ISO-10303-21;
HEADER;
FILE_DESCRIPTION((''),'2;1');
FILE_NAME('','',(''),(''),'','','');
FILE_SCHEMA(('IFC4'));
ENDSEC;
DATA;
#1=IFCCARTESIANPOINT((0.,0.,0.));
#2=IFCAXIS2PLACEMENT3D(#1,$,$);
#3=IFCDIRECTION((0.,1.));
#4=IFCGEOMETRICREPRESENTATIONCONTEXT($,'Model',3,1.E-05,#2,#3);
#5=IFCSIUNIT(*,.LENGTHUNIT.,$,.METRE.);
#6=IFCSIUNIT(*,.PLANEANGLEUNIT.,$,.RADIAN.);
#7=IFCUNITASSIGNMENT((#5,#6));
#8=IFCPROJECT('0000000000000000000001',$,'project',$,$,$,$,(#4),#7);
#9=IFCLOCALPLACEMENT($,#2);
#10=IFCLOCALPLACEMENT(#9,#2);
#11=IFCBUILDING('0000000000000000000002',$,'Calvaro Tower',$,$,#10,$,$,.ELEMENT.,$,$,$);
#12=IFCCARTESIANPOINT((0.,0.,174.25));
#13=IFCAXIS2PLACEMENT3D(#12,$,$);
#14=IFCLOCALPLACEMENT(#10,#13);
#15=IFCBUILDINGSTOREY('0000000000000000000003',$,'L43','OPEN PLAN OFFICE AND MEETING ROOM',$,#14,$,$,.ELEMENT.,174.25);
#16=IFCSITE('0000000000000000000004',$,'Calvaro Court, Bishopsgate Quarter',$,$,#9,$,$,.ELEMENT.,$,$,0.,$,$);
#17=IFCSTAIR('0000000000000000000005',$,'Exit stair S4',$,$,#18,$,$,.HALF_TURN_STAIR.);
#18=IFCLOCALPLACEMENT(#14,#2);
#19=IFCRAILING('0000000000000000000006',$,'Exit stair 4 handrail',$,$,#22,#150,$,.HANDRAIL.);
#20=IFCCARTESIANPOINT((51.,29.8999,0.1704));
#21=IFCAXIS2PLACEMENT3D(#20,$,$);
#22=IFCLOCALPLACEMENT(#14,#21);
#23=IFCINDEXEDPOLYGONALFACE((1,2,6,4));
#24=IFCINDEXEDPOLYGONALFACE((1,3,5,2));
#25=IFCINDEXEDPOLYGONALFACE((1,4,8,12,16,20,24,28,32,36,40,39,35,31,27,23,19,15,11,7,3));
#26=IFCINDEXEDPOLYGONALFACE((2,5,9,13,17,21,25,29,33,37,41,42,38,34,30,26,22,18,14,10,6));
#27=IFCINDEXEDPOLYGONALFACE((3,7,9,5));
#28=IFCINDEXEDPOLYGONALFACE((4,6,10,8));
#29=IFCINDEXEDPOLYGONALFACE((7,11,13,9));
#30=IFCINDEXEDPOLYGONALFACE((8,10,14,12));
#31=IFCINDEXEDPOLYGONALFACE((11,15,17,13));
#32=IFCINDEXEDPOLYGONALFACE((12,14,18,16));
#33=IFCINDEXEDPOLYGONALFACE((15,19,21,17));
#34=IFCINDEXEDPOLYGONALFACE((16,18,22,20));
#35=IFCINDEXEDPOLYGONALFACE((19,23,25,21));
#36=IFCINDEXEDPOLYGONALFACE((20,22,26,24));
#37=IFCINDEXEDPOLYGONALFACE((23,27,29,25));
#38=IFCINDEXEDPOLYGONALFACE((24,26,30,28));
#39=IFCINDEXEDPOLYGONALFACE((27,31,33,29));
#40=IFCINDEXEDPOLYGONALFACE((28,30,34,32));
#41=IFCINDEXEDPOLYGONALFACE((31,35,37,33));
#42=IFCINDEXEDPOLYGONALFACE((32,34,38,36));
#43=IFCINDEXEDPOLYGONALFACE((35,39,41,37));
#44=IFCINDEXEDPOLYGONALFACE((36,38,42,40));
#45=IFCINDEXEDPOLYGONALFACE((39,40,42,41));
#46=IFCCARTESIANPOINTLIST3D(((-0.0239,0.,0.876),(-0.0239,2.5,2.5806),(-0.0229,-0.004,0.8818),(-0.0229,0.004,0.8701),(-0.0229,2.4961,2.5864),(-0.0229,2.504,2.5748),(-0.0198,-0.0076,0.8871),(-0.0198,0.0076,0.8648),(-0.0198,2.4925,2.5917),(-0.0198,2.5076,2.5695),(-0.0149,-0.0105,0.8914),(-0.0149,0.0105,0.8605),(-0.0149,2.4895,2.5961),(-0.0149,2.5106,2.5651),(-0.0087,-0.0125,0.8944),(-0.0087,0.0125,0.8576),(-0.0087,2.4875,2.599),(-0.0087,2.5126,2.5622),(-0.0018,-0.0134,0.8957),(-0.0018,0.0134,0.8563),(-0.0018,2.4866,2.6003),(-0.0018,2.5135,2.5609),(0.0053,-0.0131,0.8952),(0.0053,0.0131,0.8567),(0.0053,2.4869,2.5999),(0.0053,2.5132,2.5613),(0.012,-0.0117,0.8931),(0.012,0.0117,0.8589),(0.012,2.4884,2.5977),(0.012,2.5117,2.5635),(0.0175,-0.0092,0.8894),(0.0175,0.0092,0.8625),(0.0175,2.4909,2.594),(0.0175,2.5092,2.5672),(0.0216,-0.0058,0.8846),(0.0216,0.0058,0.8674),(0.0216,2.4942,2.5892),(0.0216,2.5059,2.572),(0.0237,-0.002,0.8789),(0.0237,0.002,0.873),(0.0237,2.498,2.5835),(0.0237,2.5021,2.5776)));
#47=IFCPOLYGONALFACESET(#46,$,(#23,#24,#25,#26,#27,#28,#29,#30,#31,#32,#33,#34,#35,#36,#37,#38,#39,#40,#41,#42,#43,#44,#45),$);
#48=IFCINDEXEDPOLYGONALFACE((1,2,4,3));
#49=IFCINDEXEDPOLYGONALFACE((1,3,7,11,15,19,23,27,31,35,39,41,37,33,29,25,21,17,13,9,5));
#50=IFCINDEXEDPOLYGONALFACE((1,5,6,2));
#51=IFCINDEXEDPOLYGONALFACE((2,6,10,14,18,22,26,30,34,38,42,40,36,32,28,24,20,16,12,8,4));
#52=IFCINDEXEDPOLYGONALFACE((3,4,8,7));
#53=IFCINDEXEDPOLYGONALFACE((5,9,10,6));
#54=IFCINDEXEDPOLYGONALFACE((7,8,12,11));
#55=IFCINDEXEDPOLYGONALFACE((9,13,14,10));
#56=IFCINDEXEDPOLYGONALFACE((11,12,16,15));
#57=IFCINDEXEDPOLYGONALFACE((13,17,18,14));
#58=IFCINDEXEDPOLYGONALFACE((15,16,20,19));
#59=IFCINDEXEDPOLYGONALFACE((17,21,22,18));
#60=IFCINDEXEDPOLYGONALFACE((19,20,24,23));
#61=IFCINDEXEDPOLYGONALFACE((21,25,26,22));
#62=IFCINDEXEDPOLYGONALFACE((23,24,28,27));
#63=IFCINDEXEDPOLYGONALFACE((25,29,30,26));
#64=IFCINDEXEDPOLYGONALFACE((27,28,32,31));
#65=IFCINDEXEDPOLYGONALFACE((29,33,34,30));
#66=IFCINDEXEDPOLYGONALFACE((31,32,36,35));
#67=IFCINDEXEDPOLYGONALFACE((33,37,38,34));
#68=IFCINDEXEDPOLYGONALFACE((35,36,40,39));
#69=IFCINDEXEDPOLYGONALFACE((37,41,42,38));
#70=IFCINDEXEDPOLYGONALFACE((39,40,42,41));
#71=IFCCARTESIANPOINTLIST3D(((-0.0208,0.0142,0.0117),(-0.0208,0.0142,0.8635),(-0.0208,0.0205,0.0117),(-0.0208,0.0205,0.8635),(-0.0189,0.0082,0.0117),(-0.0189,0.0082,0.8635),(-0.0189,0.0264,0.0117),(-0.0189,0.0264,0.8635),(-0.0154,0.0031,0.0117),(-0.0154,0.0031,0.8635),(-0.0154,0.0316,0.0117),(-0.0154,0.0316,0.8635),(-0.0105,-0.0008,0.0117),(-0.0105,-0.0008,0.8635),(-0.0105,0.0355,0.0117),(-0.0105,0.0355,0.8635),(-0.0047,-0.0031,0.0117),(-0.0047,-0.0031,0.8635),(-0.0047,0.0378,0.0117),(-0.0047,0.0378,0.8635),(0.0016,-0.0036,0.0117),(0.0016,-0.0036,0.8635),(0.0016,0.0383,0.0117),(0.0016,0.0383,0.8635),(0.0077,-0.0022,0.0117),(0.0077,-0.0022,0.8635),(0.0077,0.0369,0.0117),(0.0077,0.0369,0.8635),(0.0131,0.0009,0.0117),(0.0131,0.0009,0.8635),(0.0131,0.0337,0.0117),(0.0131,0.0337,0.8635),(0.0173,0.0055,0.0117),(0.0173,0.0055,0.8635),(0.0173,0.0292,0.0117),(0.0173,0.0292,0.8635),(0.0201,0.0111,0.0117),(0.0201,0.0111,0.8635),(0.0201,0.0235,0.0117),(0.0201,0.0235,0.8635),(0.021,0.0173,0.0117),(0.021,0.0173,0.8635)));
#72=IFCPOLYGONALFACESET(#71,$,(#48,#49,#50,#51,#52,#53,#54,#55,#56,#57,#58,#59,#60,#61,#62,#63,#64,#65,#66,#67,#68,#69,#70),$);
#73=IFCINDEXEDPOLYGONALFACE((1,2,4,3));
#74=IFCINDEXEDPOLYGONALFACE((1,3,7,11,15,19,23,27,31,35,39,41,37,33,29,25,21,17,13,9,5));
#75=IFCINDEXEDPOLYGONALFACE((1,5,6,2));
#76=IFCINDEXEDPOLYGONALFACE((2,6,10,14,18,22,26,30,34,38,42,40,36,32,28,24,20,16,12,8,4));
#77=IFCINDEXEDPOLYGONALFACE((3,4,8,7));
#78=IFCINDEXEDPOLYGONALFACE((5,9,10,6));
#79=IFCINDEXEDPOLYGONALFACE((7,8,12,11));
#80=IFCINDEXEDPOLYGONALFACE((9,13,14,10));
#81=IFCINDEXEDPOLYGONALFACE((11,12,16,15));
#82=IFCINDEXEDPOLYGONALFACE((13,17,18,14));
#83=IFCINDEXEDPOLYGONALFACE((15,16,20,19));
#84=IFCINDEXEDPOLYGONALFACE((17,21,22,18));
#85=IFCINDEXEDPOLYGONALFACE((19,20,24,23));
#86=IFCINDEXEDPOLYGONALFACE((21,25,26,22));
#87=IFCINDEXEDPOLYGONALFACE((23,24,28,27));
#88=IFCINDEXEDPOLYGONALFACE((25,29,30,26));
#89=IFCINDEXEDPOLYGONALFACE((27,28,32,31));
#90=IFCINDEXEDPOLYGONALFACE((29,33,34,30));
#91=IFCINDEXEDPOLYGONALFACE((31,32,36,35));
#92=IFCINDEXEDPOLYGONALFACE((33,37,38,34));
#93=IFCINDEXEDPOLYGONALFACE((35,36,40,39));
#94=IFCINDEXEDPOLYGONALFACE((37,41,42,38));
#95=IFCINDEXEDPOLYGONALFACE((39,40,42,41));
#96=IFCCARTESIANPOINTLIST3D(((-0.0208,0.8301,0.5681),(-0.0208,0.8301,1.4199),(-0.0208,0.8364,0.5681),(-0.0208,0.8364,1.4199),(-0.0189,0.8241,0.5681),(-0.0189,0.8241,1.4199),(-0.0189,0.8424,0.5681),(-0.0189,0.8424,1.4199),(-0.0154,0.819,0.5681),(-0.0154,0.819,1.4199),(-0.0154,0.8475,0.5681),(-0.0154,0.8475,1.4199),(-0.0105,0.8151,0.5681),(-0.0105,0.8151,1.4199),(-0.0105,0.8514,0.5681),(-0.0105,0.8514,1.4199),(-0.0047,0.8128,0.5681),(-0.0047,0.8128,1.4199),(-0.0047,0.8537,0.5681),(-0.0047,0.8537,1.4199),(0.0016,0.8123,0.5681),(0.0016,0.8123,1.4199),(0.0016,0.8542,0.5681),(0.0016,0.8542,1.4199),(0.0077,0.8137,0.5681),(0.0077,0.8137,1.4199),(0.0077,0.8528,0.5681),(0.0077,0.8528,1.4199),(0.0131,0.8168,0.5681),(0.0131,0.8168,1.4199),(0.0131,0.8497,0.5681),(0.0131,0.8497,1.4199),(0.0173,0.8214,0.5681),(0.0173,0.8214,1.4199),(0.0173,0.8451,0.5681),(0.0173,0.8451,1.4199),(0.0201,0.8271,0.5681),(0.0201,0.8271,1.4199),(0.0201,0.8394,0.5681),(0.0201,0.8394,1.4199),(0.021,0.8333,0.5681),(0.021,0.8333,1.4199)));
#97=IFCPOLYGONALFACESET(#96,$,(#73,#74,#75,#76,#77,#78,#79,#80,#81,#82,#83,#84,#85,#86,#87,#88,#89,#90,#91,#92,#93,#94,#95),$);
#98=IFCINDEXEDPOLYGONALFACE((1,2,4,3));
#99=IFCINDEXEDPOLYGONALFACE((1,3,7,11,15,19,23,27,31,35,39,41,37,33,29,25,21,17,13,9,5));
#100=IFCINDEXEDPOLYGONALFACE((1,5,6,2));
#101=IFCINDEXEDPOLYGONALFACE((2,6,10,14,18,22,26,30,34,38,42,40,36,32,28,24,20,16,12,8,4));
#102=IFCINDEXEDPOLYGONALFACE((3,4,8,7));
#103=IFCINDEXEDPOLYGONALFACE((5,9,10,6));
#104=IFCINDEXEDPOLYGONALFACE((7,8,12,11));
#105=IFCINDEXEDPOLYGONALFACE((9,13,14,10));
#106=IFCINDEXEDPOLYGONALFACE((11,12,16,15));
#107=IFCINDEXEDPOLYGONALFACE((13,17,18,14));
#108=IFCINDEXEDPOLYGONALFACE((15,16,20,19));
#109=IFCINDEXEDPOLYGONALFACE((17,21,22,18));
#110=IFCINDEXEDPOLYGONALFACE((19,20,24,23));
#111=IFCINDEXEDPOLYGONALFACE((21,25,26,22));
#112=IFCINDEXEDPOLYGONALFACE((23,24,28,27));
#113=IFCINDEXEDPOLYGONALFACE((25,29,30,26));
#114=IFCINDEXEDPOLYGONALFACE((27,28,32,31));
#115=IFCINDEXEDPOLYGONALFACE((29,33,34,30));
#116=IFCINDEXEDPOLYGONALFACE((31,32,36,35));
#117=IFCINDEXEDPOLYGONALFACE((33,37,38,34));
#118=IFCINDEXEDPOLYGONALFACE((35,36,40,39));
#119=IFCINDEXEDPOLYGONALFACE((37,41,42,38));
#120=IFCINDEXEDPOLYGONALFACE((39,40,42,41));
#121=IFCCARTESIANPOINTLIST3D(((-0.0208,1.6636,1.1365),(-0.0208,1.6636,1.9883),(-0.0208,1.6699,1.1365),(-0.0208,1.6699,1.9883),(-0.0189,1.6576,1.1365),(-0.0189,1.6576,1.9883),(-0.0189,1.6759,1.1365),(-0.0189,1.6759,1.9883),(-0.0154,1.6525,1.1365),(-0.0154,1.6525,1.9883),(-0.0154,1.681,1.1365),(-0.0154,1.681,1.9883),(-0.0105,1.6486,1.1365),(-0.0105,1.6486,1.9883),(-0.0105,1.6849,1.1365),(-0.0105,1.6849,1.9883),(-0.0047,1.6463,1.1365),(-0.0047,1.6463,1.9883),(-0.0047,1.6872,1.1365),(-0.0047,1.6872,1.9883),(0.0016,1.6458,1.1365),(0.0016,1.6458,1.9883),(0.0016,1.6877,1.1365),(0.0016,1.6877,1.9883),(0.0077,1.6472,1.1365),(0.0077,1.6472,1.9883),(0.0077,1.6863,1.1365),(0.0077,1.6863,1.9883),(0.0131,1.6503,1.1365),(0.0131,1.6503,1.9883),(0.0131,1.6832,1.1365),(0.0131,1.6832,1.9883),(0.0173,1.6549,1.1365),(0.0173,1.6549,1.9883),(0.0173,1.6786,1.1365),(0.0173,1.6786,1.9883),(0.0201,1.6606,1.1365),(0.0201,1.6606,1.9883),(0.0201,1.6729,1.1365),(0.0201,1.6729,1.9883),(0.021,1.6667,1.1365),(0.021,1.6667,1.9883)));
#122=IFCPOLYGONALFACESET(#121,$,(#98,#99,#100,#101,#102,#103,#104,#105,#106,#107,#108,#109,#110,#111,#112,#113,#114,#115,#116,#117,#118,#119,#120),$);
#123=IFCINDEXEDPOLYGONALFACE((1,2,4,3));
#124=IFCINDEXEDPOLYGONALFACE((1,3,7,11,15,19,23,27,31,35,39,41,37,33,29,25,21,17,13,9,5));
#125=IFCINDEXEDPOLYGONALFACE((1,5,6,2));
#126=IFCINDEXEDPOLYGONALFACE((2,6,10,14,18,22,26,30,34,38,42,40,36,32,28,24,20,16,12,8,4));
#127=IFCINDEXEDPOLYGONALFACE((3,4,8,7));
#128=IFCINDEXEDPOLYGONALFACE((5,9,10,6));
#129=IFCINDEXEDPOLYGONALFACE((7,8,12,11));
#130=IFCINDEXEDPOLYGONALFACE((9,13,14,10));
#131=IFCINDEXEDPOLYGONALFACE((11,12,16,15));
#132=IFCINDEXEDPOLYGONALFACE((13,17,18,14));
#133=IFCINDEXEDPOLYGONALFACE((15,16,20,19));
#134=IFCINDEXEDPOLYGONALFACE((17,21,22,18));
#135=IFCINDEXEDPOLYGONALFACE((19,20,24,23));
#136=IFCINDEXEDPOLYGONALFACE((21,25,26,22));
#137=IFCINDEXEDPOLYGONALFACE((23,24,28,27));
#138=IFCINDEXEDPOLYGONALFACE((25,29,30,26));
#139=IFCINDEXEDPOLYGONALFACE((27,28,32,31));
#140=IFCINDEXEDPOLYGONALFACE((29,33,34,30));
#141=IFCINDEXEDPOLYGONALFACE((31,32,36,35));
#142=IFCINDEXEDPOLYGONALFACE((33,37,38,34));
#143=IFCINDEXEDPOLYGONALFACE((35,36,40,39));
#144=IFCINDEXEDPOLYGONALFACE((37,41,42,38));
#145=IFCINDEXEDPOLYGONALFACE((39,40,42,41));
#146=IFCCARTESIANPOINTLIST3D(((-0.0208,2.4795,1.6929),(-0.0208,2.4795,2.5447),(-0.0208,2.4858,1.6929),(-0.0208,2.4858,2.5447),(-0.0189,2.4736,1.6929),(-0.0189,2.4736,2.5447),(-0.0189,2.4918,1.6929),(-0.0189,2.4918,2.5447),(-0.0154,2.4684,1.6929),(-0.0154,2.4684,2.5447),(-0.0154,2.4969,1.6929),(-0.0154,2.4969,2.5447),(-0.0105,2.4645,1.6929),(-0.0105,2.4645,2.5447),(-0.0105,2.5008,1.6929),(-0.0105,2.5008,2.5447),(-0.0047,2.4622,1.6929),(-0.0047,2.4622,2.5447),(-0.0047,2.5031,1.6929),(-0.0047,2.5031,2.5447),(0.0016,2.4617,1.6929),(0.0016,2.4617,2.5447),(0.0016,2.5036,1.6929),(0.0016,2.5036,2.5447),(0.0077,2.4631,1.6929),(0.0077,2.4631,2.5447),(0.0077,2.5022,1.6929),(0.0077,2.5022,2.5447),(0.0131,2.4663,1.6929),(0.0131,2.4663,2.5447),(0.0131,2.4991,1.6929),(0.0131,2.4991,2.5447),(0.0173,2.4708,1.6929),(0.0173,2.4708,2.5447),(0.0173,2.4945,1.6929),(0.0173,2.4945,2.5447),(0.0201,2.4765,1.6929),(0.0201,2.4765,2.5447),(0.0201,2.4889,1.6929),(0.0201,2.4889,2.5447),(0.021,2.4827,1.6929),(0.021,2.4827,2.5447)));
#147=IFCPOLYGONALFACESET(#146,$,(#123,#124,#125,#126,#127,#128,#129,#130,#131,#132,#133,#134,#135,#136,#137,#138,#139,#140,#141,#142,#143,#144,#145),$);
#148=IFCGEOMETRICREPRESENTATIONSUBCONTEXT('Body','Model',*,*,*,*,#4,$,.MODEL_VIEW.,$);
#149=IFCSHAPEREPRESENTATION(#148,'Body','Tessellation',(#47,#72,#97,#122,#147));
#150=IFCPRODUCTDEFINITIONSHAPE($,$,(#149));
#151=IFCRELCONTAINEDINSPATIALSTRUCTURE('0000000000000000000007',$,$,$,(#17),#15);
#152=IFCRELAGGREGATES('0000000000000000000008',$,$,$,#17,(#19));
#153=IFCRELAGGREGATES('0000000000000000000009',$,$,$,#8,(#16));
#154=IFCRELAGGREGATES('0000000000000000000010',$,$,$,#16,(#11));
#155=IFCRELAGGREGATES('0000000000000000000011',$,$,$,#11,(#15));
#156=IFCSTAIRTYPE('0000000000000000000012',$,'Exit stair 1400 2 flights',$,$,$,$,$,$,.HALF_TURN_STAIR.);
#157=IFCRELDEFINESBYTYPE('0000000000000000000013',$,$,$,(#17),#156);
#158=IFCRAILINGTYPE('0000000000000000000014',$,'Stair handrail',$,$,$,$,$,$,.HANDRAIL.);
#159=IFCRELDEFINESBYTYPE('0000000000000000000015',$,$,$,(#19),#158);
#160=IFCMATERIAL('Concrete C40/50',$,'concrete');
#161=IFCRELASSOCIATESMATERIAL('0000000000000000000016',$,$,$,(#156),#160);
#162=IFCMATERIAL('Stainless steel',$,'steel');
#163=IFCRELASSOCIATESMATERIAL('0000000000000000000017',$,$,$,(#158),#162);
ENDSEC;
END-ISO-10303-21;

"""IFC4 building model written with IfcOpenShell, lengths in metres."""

from ifc_helpers import new_model, si_unit, direction, frame, origin, origin_2d, place, context, subcontext, project, spatial, circle, extrude, material, type_object, element, aggregate, save


model = new_model("IFC4")

# Units and contexts
model_context = context("Model", 3, precision=1e-05, world=origin(), true_north=direction((0.0, 1.0)))
body_context = subcontext(model_context, "Body", "Model", "MODEL_VIEW")
ifc_project = project(units=[si_unit("LENGTHUNIT", "METRE"), si_unit("PLANEANGLEUNIT", "RADIAN")], contexts=[model_context])

# Site, building, storey
site_placement = place(None, origin())
site = spatial("IfcSite", under=ifc_project, at=site_placement, Name="Calvaro Court, Bishopsgate Quarter", CompositionType="ELEMENT", RefElevation=0.0)
building_placement = place(site_placement, origin())
building = spatial("IfcBuilding", under=site, at=building_placement, Name="Calvaro Tower", CompositionType="ELEMENT")
storey_placement = place(building_placement, frame((0.0, 0.0, 174.25)))
storey = spatial("IfcBuildingStorey", under=building, at=storey_placement, Name="L43", Description="OPEN PLAN OFFICE AND MEETING ROOM", CompositionType="ELEMENT", Elevation=174.25)

# Stair
ifc_material_1 = material(Name="Concrete C40/50", Category="concrete")
stair_type = type_object("IfcStairType", Name="Exit stair 1400 2 flights", PredefinedType="HALF_TURN_STAIR", material=ifc_material_1)
stair_1_placement = place(storey_placement, origin())
stair_1 = element("IfcStair", 1, at=stair_1_placement, inside=storey, type_object=stair_type, Name="Exit stair S4", PredefinedType="HALF_TURN_STAIR")

# Railing
ifc_material_2 = material(Name="Stainless steel", Category="steel")
railing_type = type_object("IfcRailingType", Name="Stair handrail", PredefinedType="HANDRAIL", material=ifc_material_2)
railing_1_placement = place(storey_placement, frame((51.0, 29.8999, 0.1704)))
railing_1 = element("IfcRailing", 2, at=railing_1_placement, type_object=railing_type, Name="Exit stair 4 handrail", PredefinedType="HANDRAIL", context=body_context, shape_type="SweptSolid", body=[
    extrude(circle(Radius=0.0239, at=origin_2d()), frame((0.0, 0.0, 0.876), z_axis=(0.0, 0.826221, 0.563347), x_axis=(-1.0, 0.0, 0.0)), (0.0, 0.0, 1.0), 3.0259),
    extrude(circle(Radius=0.021, at=origin_2d()), frame((0.0, 0.0173, 0.0117)), (0.0, 0.0, 1.0), 0.8518),
    extrude(circle(Radius=0.021, at=origin_2d()), frame((0.0, 0.8333, 0.5681)), (0.0, 0.0, 1.0), 0.8518),
    extrude(circle(Radius=0.021, at=origin_2d()), frame((0.0, 1.6667, 1.1365)), (0.0, 0.0, 1.0), 0.8518),
    extrude(circle(Radius=0.021, at=origin_2d()), frame((0.0, 2.4827, 1.6929)), (0.0, 0.0, 1.0), 0.8518),
])
aggregate(stair_1, [railing_1])

save(model, "model.ifc")
